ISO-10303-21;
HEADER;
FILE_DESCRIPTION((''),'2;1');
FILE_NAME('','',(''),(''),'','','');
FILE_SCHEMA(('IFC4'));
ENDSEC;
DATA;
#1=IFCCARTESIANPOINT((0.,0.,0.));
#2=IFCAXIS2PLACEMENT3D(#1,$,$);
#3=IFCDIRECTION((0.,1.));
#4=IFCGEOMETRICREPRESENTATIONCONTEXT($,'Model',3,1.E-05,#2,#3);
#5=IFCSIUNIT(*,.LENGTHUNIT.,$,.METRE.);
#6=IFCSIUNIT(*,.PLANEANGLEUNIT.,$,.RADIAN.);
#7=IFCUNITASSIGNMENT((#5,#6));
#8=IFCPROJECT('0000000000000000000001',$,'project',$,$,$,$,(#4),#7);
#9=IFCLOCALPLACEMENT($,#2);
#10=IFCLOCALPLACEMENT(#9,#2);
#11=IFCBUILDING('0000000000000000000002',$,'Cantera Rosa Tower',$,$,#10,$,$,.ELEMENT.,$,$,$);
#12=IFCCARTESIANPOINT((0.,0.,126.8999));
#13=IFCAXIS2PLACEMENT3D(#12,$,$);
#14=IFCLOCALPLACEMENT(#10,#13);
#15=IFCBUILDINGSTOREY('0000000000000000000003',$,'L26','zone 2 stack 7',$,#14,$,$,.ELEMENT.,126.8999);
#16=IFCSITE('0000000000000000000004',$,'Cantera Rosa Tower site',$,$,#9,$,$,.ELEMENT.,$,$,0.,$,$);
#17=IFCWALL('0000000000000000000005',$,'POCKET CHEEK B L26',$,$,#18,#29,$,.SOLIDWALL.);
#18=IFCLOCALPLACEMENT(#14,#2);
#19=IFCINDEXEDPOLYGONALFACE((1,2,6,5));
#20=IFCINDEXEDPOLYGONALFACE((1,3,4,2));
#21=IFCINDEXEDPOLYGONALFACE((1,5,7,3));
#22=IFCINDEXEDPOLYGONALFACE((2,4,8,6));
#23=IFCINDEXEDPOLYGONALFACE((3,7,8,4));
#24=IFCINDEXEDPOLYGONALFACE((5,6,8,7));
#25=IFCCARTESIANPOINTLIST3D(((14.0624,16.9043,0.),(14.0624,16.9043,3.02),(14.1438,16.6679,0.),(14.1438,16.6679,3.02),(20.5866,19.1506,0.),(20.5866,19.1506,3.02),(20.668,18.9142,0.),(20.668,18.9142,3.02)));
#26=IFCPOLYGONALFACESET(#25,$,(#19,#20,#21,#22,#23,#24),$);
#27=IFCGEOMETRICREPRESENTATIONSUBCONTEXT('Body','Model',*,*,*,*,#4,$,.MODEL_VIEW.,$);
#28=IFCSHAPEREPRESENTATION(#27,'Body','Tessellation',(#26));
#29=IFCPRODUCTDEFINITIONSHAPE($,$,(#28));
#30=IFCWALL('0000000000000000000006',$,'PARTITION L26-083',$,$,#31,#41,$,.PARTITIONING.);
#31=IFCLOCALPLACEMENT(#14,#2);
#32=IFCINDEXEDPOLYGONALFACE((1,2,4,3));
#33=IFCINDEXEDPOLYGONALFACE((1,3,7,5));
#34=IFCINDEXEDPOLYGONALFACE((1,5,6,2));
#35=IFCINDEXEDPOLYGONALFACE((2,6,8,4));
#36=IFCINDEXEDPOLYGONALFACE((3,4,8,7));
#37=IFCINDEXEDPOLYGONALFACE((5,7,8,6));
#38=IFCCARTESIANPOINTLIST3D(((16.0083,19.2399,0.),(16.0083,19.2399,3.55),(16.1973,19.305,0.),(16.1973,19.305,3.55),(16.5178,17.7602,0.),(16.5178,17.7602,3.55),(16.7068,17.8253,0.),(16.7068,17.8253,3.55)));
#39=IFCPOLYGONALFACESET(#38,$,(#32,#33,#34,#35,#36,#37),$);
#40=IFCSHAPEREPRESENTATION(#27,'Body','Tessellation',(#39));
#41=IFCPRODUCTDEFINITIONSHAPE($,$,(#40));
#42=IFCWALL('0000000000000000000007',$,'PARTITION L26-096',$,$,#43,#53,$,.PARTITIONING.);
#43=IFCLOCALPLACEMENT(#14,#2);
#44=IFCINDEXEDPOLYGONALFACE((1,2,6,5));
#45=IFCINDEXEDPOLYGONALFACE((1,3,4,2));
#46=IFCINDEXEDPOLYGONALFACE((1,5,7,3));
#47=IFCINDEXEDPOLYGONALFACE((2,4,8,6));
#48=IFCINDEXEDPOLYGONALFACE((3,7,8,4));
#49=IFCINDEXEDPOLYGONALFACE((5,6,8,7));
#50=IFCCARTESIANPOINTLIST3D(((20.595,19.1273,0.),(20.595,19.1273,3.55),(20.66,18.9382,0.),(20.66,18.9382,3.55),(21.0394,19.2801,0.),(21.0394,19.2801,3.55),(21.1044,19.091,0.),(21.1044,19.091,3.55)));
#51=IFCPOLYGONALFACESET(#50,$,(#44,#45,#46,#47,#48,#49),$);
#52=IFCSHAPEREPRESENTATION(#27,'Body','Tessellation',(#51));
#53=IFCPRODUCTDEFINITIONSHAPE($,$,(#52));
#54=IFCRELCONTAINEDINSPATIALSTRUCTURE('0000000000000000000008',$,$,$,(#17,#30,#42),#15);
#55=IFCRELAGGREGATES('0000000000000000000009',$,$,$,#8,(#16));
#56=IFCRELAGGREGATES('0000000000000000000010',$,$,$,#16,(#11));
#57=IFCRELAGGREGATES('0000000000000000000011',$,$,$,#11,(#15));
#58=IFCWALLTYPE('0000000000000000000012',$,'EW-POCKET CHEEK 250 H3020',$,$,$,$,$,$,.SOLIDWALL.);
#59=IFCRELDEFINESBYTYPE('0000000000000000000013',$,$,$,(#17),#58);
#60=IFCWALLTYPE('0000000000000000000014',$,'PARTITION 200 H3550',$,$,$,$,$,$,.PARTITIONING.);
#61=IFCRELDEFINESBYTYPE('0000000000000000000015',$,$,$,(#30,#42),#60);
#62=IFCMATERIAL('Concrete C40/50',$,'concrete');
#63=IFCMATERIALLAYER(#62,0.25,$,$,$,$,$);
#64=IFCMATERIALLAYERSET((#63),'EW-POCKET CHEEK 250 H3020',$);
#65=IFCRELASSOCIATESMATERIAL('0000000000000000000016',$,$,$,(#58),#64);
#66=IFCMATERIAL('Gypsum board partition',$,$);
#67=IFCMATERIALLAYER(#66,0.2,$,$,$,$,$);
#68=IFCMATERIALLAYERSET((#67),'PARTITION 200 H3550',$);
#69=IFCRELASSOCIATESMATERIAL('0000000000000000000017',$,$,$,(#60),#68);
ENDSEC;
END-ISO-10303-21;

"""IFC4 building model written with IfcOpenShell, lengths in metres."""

from ifc_helpers import new_model, si_unit, direction, frame, frame_2d, origin, place, context, subcontext, project, spatial, rectangle, extrude, material, layer, layer_set, type_object, element, save


model = new_model("IFC4")

# Units and contexts
model_context = context("Model", 3, precision=1e-05, world=origin(), true_north=direction((0.0, 1.0)))
body_context = subcontext(model_context, "Body", "Model", "MODEL_VIEW")
ifc_project = project(units=[si_unit("LENGTHUNIT", "METRE"), si_unit("PLANEANGLEUNIT", "RADIAN")], contexts=[model_context])

# Site, building, storey
site_placement = place(None, origin())
site = spatial("IfcSite", under=ifc_project, at=site_placement, Name="Cantera Rosa Tower site", CompositionType="ELEMENT", RefElevation=0.0)
building_placement = place(site_placement, origin())
building = spatial("IfcBuilding", under=site, at=building_placement, Name="Cantera Rosa Tower", CompositionType="ELEMENT")
storey_placement = place(building_placement, frame((0.0, 0.0, 126.8999)))
storey = spatial("IfcBuildingStorey", under=building, at=storey_placement, Name="L26", Description="zone 2 stack 7", CompositionType="ELEMENT", Elevation=126.8999)

# Walls
ifc_material_1 = material(Name="Concrete C40/50", Category="concrete")
ifc_layer_1 = layer(ifc_material_1, 0.25)
ifc_layer_set_1 = layer_set([ifc_layer_1], Name="EW-POCKET CHEEK 250 H3020")
wall_type_1 = type_object("IfcWallType", Name="EW-POCKET CHEEK 250 H3020", PredefinedType="SOLIDWALL", material=ifc_layer_set_1)
wall_1_placement = place(storey_placement, frame((20.6274, 19.0325, 0.0), z_axis=(0.0, 0.0, 1.0), x_axis=(-0.945524, -0.325553, 0.0)))
element("IfcWall", 1, at=wall_1_placement, inside=storey, type_object=wall_type_1, Name="POCKET CHEEK B L26", PredefinedType="SOLIDWALL", context=body_context, shape_type="SweptSolid", body=[
    extrude(rectangle(XDim=6.9001, YDim=0.25, at=frame_2d((3.4502, 0.0))), origin(), (0.0, 0.0, 1.0), 3.02),
])
ifc_material_2 = material(Name="Gypsum board partition")
ifc_layer_2 = layer(ifc_material_2, 0.2)
ifc_layer_set_2 = layer_set([ifc_layer_2], Name="PARTITION 200 H3550")
wall_type_2 = type_object("IfcWallType", Name="PARTITION 200 H3550", PredefinedType="PARTITIONING", material=ifc_layer_set_2)
wall_2_placement = place(storey_placement, frame((16.1028, 19.2725, 0.0), z_axis=(0.0, 0.0, 1.0), x_axis=(0.325572, -0.945517, 0.0)))
element("IfcWall", 2, at=wall_2_placement, inside=storey, type_object=wall_type_2, Name="PARTITION L26-083", PredefinedType="PARTITIONING", context=body_context, shape_type="SweptSolid", body=[
    extrude(rectangle(XDim=1.5649, YDim=0.2, at=frame_2d((0.7825, 0.0))), origin(), (0.0, 0.0, 1.0), 3.55),
])
wall_3_placement = place(storey_placement, frame((21.0718, 19.1855, 0.0), z_axis=(0.0, 0.0, 1.0), x_axis=(-0.945627, -0.325254, 0.0)))
element("IfcWall", 3, at=wall_3_placement, inside=storey, type_object=wall_type_2, Name="PARTITION L26-096", PredefinedType="PARTITIONING", context=body_context, shape_type="SweptSolid", body=[
    extrude(rectangle(XDim=0.47, YDim=0.2, at=frame_2d((0.2349, 0.0))), origin(), (0.0, 0.0, 1.0), 3.55),
])

save(model, "model.ifc")
